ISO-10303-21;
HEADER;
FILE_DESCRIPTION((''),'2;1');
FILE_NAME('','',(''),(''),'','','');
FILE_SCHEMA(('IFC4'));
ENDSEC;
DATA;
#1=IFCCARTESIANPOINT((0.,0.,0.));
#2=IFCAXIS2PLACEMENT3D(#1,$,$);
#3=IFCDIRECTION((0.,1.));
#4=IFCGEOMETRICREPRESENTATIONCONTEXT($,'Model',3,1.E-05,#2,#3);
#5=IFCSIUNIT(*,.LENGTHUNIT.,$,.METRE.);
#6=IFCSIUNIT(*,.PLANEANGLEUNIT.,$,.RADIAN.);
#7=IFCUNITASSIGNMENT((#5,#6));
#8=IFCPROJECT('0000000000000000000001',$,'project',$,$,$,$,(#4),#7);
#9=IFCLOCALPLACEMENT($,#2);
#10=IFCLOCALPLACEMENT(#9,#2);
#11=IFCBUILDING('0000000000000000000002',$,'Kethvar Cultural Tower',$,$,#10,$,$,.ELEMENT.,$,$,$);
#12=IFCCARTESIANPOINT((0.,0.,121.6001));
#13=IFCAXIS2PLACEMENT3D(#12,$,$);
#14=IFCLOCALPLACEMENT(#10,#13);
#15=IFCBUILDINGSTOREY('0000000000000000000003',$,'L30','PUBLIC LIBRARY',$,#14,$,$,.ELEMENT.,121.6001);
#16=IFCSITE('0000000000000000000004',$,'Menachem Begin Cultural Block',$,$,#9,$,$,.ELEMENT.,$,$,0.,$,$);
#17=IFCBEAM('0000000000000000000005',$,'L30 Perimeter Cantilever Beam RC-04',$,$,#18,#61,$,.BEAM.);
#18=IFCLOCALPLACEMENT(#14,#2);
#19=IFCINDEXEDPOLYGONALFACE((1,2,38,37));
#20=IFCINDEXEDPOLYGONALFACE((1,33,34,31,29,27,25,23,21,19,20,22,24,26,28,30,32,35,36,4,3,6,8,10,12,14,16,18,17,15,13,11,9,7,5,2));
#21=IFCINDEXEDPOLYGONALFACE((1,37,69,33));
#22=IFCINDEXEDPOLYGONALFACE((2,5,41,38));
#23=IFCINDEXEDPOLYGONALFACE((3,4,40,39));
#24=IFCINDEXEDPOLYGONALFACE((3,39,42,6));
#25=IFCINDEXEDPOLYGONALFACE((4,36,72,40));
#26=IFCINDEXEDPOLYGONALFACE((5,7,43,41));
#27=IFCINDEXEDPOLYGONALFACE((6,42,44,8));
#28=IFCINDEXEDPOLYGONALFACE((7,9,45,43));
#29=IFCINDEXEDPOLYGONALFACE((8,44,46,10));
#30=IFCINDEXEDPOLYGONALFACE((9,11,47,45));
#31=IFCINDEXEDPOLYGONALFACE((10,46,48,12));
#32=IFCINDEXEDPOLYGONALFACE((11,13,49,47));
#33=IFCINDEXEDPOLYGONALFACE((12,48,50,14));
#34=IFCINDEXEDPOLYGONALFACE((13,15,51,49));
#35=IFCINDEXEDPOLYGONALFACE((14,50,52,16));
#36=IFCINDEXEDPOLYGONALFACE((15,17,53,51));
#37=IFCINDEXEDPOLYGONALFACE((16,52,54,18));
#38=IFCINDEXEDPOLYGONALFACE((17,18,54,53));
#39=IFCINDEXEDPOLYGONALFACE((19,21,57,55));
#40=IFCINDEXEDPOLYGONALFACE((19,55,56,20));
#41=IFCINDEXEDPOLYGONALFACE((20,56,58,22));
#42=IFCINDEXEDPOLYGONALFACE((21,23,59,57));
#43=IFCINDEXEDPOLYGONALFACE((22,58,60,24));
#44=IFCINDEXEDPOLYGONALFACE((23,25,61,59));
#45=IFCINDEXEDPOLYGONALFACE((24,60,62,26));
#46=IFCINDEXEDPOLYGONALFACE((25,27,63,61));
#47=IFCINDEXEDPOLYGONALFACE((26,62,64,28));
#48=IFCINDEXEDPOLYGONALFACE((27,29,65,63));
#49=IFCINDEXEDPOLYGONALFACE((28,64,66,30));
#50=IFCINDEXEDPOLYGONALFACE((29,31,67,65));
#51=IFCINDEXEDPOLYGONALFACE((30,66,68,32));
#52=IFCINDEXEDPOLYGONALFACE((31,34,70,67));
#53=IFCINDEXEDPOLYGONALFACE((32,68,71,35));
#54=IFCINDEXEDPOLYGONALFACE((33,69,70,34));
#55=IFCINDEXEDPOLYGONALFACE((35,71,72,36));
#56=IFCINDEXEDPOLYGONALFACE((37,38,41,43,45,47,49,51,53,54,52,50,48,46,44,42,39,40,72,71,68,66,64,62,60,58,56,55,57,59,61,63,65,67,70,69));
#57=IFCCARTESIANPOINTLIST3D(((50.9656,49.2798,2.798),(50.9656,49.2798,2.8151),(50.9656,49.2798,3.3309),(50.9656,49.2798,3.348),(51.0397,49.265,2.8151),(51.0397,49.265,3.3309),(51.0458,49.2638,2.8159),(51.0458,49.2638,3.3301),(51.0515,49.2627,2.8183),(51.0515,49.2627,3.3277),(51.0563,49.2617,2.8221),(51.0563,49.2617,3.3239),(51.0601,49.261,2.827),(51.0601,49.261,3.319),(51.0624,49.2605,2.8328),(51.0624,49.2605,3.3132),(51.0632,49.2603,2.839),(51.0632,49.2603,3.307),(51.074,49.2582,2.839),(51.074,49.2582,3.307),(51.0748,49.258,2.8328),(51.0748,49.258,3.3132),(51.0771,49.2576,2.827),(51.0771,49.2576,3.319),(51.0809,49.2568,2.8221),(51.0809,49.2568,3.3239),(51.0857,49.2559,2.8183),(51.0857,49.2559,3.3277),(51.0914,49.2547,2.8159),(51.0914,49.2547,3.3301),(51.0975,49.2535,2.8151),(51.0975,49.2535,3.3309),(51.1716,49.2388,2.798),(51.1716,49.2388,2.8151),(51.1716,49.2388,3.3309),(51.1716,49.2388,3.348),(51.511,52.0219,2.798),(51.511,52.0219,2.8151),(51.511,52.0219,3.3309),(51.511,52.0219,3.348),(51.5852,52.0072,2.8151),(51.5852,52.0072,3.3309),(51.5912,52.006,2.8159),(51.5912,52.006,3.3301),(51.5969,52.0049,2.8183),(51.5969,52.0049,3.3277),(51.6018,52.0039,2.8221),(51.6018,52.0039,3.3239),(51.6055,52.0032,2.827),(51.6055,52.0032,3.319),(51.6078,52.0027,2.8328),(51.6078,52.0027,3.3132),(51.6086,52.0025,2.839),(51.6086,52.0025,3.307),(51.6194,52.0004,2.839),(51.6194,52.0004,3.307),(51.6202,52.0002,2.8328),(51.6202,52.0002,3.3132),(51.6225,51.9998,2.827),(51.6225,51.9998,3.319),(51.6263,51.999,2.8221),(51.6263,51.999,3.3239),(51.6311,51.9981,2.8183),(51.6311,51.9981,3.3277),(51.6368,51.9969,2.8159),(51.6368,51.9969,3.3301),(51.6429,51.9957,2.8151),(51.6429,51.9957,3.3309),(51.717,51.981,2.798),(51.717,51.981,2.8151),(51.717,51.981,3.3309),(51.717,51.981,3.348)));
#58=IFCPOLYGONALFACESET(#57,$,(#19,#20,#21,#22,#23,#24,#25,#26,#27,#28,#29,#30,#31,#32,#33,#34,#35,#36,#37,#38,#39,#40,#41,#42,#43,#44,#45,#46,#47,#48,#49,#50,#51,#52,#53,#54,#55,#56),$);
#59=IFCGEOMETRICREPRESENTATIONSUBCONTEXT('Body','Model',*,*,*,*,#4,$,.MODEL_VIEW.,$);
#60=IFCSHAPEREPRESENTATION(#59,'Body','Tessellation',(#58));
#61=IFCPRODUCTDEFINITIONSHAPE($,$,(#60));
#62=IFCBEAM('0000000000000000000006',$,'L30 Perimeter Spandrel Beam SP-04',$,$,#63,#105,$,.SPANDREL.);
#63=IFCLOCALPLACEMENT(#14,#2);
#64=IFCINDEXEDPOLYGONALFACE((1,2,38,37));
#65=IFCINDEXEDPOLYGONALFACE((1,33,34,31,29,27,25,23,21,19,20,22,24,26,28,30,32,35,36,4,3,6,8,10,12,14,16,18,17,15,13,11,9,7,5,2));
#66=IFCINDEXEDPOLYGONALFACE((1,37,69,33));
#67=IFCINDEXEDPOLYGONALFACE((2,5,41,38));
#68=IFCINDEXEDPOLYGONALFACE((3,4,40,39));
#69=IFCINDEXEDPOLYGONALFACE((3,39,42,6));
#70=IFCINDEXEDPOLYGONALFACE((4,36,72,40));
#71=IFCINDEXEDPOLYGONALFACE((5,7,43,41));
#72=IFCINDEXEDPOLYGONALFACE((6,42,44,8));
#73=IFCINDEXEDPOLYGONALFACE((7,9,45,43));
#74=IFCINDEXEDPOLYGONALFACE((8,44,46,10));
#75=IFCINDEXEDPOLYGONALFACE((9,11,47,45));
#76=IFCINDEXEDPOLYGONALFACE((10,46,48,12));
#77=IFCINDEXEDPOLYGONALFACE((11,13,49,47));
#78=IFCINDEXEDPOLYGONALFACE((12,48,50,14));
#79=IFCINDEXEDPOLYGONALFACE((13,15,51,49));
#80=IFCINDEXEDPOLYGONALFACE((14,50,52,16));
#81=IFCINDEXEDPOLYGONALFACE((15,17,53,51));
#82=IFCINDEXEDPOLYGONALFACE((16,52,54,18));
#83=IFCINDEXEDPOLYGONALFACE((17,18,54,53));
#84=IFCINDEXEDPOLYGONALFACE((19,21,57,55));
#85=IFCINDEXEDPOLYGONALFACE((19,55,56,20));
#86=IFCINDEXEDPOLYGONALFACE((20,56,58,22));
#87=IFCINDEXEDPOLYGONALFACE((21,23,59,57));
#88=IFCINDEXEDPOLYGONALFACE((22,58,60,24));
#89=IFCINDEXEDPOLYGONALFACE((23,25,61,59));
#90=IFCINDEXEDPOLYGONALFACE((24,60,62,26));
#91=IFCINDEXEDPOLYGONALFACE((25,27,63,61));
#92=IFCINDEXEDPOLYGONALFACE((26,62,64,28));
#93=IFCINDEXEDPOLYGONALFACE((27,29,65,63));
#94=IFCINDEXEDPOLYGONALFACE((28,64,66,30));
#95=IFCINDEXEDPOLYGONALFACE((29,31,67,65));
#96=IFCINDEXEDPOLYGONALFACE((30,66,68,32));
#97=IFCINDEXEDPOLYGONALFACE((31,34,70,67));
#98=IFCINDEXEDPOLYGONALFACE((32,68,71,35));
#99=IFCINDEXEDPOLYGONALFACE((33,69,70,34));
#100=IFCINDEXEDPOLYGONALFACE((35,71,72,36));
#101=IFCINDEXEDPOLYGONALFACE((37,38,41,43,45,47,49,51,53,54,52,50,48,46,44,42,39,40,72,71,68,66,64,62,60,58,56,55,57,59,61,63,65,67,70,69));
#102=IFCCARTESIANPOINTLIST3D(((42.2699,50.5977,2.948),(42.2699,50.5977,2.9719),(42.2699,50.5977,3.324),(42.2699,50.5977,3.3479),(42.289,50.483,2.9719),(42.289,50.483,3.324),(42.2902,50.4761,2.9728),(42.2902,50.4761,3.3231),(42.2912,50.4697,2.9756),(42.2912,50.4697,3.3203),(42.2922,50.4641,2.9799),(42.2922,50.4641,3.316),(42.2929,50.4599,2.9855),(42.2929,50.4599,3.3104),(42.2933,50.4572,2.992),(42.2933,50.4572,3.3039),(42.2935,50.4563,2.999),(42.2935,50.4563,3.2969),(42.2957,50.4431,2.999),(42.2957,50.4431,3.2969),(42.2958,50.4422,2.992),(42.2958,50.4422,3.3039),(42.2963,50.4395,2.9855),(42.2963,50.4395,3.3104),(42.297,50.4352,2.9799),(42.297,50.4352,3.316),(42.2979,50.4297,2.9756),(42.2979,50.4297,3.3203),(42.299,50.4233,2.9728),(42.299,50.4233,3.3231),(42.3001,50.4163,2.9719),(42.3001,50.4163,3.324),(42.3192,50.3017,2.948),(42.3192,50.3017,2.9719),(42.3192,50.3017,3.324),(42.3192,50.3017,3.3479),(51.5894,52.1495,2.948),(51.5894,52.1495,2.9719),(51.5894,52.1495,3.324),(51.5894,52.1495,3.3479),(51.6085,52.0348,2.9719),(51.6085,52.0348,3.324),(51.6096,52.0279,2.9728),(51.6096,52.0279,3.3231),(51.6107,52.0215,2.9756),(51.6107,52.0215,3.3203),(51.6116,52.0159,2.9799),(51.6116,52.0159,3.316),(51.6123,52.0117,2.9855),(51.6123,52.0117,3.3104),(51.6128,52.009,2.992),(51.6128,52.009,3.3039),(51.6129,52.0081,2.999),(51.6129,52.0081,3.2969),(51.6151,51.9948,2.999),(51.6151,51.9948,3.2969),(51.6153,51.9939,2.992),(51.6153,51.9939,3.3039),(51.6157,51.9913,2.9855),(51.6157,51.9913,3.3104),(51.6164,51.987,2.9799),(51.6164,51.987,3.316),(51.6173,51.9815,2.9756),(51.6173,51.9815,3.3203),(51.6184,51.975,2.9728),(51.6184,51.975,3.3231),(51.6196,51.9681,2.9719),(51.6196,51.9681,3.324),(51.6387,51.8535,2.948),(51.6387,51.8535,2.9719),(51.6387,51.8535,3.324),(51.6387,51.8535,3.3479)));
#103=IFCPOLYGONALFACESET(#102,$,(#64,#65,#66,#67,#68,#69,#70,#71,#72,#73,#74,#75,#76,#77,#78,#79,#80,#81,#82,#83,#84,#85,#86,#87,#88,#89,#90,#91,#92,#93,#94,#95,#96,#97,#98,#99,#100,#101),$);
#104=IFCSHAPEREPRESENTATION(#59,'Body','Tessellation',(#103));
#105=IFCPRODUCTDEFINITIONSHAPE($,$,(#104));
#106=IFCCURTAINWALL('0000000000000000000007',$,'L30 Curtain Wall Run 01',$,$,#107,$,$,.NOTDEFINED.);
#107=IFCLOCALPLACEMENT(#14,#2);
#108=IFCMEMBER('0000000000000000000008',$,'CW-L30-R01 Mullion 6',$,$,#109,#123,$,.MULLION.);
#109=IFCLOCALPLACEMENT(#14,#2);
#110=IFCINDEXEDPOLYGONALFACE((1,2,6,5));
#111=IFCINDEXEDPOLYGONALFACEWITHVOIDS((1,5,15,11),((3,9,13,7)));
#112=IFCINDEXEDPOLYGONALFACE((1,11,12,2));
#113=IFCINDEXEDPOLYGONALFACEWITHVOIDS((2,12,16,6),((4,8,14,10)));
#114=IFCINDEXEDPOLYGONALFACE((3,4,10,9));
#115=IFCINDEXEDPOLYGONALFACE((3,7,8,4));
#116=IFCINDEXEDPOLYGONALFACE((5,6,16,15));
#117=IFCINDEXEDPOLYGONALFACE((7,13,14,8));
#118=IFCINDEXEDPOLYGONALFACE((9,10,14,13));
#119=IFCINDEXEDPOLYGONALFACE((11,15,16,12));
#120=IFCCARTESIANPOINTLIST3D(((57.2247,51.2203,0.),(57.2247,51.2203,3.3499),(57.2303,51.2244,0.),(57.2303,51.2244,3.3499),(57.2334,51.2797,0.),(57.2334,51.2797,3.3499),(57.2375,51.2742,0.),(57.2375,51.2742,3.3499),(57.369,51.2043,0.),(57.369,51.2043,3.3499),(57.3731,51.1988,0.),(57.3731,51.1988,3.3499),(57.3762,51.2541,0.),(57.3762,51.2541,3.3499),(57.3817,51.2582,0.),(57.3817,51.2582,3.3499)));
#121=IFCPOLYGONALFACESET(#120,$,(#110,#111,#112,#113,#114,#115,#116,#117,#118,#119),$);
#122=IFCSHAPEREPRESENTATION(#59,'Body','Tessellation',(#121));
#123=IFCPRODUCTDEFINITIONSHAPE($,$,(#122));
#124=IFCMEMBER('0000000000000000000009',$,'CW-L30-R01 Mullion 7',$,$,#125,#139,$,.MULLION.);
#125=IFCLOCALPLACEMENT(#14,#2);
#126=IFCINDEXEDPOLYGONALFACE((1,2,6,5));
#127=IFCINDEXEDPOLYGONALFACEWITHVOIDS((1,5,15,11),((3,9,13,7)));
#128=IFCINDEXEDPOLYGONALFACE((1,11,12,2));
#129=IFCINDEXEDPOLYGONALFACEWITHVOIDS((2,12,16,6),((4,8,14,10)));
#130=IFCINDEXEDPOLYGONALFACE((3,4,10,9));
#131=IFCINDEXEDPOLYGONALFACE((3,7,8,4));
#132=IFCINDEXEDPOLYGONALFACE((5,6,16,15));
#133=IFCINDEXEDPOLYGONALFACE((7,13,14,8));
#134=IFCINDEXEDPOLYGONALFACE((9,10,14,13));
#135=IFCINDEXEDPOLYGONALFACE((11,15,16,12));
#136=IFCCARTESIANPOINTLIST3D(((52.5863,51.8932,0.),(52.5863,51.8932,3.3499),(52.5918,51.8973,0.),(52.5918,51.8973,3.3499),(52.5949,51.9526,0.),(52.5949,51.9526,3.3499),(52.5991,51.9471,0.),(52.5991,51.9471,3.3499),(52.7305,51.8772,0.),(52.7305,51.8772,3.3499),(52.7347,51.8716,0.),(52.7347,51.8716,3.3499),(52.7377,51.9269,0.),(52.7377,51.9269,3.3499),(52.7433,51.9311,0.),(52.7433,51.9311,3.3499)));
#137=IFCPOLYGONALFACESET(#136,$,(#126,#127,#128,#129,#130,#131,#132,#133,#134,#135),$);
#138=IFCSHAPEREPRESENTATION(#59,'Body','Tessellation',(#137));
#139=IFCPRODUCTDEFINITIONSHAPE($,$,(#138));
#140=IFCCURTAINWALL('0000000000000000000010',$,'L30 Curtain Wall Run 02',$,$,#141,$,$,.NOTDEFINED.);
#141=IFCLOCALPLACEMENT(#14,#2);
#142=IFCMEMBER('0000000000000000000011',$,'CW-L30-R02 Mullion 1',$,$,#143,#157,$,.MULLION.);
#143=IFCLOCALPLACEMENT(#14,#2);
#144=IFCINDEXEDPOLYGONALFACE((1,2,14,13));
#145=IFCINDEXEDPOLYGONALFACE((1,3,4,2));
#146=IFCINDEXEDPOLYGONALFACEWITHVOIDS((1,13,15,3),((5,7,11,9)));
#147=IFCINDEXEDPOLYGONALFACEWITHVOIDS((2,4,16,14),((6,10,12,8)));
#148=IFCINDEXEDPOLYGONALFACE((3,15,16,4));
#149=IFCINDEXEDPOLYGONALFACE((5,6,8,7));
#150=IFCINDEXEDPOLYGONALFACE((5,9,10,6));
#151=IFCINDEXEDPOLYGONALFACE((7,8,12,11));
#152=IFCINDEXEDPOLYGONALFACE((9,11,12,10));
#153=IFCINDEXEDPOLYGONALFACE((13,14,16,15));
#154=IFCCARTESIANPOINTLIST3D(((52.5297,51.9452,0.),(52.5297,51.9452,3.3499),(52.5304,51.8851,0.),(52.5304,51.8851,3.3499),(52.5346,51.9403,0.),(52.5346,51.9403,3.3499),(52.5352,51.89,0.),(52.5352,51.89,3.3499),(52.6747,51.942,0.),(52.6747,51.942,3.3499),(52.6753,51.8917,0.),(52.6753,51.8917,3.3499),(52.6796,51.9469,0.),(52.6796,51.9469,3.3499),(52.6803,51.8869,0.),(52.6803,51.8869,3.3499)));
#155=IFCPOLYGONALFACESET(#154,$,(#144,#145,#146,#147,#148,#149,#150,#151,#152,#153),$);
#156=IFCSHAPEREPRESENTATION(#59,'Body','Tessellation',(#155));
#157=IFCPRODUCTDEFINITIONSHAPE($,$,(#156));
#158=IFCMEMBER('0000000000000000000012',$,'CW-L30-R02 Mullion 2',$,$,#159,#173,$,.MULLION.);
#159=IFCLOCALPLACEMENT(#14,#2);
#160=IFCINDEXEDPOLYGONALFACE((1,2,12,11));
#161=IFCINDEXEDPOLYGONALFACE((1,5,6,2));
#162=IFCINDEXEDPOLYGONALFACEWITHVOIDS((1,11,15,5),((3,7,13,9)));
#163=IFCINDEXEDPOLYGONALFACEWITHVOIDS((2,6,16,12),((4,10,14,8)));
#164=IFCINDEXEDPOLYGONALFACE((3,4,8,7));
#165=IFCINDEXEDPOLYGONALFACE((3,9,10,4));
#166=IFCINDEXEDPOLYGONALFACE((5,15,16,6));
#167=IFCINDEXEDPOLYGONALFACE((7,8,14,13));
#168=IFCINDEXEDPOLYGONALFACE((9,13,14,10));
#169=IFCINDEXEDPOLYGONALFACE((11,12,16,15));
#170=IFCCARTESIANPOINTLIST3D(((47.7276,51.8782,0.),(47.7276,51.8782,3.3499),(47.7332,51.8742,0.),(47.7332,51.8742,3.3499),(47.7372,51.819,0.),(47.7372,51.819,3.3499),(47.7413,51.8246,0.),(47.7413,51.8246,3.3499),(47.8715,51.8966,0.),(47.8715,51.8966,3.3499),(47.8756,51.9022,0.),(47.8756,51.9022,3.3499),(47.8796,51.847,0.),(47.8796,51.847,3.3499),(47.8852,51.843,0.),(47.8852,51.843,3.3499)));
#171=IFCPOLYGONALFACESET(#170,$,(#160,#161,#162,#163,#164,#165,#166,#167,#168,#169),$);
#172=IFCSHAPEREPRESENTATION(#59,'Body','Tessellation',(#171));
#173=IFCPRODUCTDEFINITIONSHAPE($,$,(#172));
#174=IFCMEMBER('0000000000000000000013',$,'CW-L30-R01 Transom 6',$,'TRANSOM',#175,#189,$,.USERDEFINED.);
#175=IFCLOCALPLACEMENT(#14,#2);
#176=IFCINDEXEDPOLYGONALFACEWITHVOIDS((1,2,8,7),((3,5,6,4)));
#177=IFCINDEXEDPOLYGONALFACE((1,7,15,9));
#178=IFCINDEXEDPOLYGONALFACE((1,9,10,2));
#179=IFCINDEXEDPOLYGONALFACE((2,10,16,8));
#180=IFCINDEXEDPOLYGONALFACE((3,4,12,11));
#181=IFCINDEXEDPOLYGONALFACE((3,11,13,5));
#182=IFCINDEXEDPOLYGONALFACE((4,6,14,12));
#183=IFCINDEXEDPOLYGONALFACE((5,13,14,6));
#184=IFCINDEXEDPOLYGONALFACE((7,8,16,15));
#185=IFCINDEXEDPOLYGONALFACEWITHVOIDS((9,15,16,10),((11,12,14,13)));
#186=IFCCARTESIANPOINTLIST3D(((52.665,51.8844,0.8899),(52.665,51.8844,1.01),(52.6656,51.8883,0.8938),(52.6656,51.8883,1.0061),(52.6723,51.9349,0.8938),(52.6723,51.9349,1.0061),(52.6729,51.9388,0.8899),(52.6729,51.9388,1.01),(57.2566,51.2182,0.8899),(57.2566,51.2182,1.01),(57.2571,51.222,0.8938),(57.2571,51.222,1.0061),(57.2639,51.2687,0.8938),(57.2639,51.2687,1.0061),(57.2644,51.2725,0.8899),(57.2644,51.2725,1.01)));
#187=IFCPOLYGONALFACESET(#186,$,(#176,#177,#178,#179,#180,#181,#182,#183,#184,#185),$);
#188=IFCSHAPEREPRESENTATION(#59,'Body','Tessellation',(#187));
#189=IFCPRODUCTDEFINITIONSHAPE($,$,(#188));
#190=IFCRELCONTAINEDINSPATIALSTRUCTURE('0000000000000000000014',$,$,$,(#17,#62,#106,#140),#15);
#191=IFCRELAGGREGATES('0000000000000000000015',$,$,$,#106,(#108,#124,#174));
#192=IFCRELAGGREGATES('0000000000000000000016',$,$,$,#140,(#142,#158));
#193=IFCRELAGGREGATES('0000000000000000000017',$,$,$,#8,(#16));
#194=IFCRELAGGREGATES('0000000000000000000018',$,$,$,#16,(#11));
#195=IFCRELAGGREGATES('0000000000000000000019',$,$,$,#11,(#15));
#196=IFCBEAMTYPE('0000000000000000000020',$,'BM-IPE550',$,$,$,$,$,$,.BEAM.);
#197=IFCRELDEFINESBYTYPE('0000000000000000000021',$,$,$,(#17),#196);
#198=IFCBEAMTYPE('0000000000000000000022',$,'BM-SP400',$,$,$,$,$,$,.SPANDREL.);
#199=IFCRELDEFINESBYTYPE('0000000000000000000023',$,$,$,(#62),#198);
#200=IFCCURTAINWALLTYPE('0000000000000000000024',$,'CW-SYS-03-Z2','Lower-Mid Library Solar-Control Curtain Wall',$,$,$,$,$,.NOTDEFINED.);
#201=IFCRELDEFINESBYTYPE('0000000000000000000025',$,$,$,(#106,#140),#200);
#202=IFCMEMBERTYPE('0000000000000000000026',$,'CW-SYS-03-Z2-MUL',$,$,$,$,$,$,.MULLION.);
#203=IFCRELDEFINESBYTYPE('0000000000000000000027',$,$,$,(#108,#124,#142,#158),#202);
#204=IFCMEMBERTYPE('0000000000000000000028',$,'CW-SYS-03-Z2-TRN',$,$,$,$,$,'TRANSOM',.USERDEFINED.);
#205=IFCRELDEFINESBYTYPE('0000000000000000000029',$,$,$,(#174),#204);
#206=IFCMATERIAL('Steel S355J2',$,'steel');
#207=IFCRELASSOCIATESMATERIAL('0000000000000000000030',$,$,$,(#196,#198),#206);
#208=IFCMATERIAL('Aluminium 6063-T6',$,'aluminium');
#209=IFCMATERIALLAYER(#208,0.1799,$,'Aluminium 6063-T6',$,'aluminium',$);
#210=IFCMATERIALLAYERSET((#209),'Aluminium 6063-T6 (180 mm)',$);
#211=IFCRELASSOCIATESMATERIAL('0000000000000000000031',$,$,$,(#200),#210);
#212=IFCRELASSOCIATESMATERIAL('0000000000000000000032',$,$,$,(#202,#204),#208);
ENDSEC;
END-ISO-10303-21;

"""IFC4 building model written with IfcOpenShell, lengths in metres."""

from ifc_helpers import new_model, si_unit, direction, frame, origin, origin_2d, place, context, subcontext, project, spatial, hollow_rectangle, i_section, extrude, source, transform, mapped, material, layer, layer_set, material_profile, profile_set, type_object, element, aggregate, save


model = new_model("IFC4")

# Units and contexts
model_context = context("Model", 3, precision=1e-05, world=origin(), true_north=direction((0.0, 1.0)))
body_context = subcontext(model_context, "Body", "Model", "MODEL_VIEW")
ifc_project = project(units=[si_unit("LENGTHUNIT", "METRE"), si_unit("PLANEANGLEUNIT", "RADIAN")], contexts=[model_context])

# Site, building, storey
site_placement = place(None, origin())
site = spatial("IfcSite", under=ifc_project, at=site_placement, Name="Menachem Begin Cultural Block", CompositionType="ELEMENT", RefElevation=0.0)
building_placement = place(site_placement, origin())
building = spatial("IfcBuilding", under=site, at=building_placement, Name="Kethvar Cultural Tower", CompositionType="ELEMENT")
storey_placement = place(building_placement, frame((0.0, 0.0, 121.6001)))
storey = spatial("IfcBuildingStorey", under=building, at=storey_placement, Name="L30", Description="PUBLIC LIBRARY", CompositionType="ELEMENT", Elevation=121.6001)

# Beams
ifc_material_1 = material(Name="Steel S355J2", Category="steel")
ifc_material_profile_1 = material_profile(ifc_material_1, i_section(OverallWidth=0.21, OverallDepth=0.55, WebThickness=0.011, FlangeThickness=0.0171, FilletRadius=0.0239, at=origin_2d()), Name="Steel S355J2 — IPE550")
ifc_profile_set_1 = profile_set([ifc_material_profile_1], Name="Steel S355J2 — IPE550")
beam_type_1 = type_object("IfcBeamType", Name="BM-IPE550", PredefinedType="BEAM", material=ifc_profile_set_1)
shared_shape_1 = source(origin(), body_context, "Body", "SweptSolid", [
    extrude(i_section(OverallWidth=0.21, OverallDepth=0.55, WebThickness=0.011, FlangeThickness=0.0171, FilletRadius=0.0239, at=origin_2d()), origin(), (0.0, 0.0, 1.0), 2.7959),
])
beam_1_placement = place(storey_placement, frame((51.0686, 49.2593, 3.073), z_axis=(0.195075, 0.980788, 0.0), x_axis=(-0.980788, 0.195075, 0.0)))
element("IfcBeam", 1, at=beam_1_placement, inside=storey, type_object=beam_type_1, Name="L30 Perimeter Cantilever Beam RC-04", PredefinedType="BEAM", context=body_context, shape_type="MappedRepresentation", body=[
    mapped(shared_shape_1, transform((0.0, 0.0, 0.0), scale=1.0)),
])
ifc_material_profile_2 = material_profile(ifc_material_1, i_section(OverallWidth=0.3, OverallDepth=0.3999, WebThickness=0.0134, FlangeThickness=0.0239, FilletRadius=0.0271, at=origin_2d()), Name="Steel S355J2 — HEB400")
ifc_profile_set_2 = profile_set([ifc_material_profile_2], Name="Steel S355J2 — HEB400")
beam_type_2 = type_object("IfcBeamType", Name="BM-SP400", PredefinedType="SPANDREL", material=ifc_profile_set_2)
shared_shape_2 = source(origin(), body_context, "Body", "SweptSolid", [
    extrude(i_section(OverallWidth=0.3, OverallDepth=0.3999, WebThickness=0.0134, FlangeThickness=0.0239, FilletRadius=0.0271, at=origin_2d()), origin(), (0.0, 0.0, 1.0), 9.4478),
])
beam_2_placement = place(storey_placement, frame((51.614, 52.0015, 3.1479), z_axis=(-0.986419, -0.164248, 0.0), x_axis=(0.164248, -0.986419, 0.0)))
element("IfcBeam", 2, at=beam_2_placement, inside=storey, type_object=beam_type_2, Name="L30 Perimeter Spandrel Beam SP-04", PredefinedType="SPANDREL", context=body_context, shape_type="MappedRepresentation", body=[
    mapped(shared_shape_2, transform((0.0, 0.0, 0.0), scale=1.0)),
])

# Curtain walls, members
ifc_material_2 = material(Name="Aluminium 6063-T6", Category="aluminium")
ifc_layer_1 = layer(ifc_material_2, 0.1799, Name="Aluminium 6063-T6", Category="aluminium")
ifc_layer_set_1 = layer_set([ifc_layer_1], Name="Aluminium 6063-T6 (180 mm)")
curtain_wall_type = type_object("IfcCurtainWallType", Name="CW-SYS-03-Z2", Description="Lower-Mid Library Solar-Control Curtain Wall", PredefinedType="NOTDEFINED", material=ifc_layer_set_1)
curtain_wall_1_placement = place(storey_placement, origin())
curtain_wall_1 = element("IfcCurtainWall", 3, at=curtain_wall_1_placement, inside=storey, type_object=curtain_wall_type, Name="L30 Curtain Wall Run 01", PredefinedType="NOTDEFINED")
ifc_material_profile_3 = material_profile(ifc_material_2, hollow_rectangle(XDim=0.0601, YDim=0.1499, WallThickness=0.0049, at=origin_2d()), Name="Aluminium 6063-T6 — RHS150x60x5")
ifc_profile_set_3 = profile_set([ifc_material_profile_3], Name="Aluminium 6063-T6 — RHS150x60x5")
member_type_1 = type_object("IfcMemberType", Name="CW-SYS-03-Z2-MUL", PredefinedType="MULLION", material=ifc_profile_set_3)
shared_shape_3 = source(origin(), body_context, "Body", "SweptSolid", [
    extrude(hollow_rectangle(XDim=0.0601, YDim=0.1499, WallThickness=0.0049, at=origin_2d()), origin(), (0.0, 0.0, 1.0), 3.3499),
])
member_1_placement = place(storey_placement, frame((57.3032, 51.2393, 0.0), z_axis=(0.0, 0.0, 1.0), x_axis=(-0.143596, -0.989636, 0.0)))
member_1 = element("IfcMember", 4, at=member_1_placement, type_object=member_type_1, Name="CW-L30-R01 Mullion 6", PredefinedType="MULLION", context=body_context, shape_type="MappedRepresentation", body=[
    mapped(shared_shape_3, transform((0.0, 0.0, 0.0), scale=1.0)),
])
member_2_placement = place(storey_placement, frame((52.6648, 51.9121, 0.0), z_axis=(0.0, 0.0, 1.0), x_axis=(-0.143596, -0.989636, 0.0)))
member_2 = element("IfcMember", 5, at=member_2_placement, type_object=member_type_1, Name="CW-L30-R01 Mullion 7", PredefinedType="MULLION", context=body_context, shape_type="MappedRepresentation", body=[
    mapped(shared_shape_3, transform((0.0, 0.0, 0.0), scale=1.0)),
])
curtain_wall_2_placement = place(storey_placement, origin())
curtain_wall_2 = element("IfcCurtainWall", 6, at=curtain_wall_2_placement, inside=storey, type_object=curtain_wall_type, Name="L30 Curtain Wall Run 02", PredefinedType="NOTDEFINED")
member_3_placement = place(storey_placement, frame((52.605, 51.916, 0.0), z_axis=(0.0, 0.0, 1.0), x_axis=(0.011868, -0.99993, 0.0)))
member_3 = element("IfcMember", 7, at=member_3_placement, type_object=member_type_1, Name="CW-L30-R02 Mullion 1", PredefinedType="MULLION", context=body_context, shape_type="MappedRepresentation", body=[
    mapped(shared_shape_3, transform((0.0, 0.0, 0.0), scale=1.0)),
])
member_4_placement = place(storey_placement, frame((47.8064, 51.8606, 0.0), z_axis=(0.0, 0.0, 1.0), x_axis=(0.160071, -0.987106, 0.0)))
member_4 = element("IfcMember", 8, at=member_4_placement, type_object=member_type_1, Name="CW-L30-R02 Mullion 2", PredefinedType="MULLION", context=body_context, shape_type="MappedRepresentation", body=[
    mapped(shared_shape_3, transform((0.0, 0.0, 0.0), scale=1.0)),
])

# Member
ifc_material_profile_4 = material_profile(ifc_material_2, hollow_rectangle(XDim=0.0549, YDim=0.1201, WallThickness=0.0039, at=origin_2d()), Name="Aluminium 6063-T6 — RHS120x55x4")
ifc_profile_set_4 = profile_set([ifc_material_profile_4], Name="Aluminium 6063-T6 — RHS120x55x4")
member_type_2 = type_object("IfcMemberType", Name="CW-SYS-03-Z2-TRN", ElementType="TRANSOM", PredefinedType="USERDEFINED", material=ifc_profile_set_4)
shared_shape_4 = source(origin(), body_context, "Body", "SweptSolid", [
    extrude(hollow_rectangle(XDim=0.0549, YDim=0.1201, WallThickness=0.0039, at=origin_2d()), origin(), (0.0, 0.0, 1.0), 4.6396),
])
member_5_placement = place(storey_placement, frame((57.2605, 51.2454, 0.95), z_axis=(-0.989636, 0.143602, 0.0), x_axis=(-0.143602, -0.989636, 0.0)))
member_5 = element("IfcMember", 9, at=member_5_placement, type_object=member_type_2, Name="CW-L30-R01 Transom 6", ObjectType="TRANSOM", PredefinedType="USERDEFINED", context=body_context, shape_type="MappedRepresentation", body=[
    mapped(shared_shape_4, transform((0.0, 0.0, 0.0), scale=1.0)),
])

aggregate(curtain_wall_1, [member_1, member_2, member_5])
aggregate(curtain_wall_2, [member_3, member_4])

save(model, "model.ifc")
